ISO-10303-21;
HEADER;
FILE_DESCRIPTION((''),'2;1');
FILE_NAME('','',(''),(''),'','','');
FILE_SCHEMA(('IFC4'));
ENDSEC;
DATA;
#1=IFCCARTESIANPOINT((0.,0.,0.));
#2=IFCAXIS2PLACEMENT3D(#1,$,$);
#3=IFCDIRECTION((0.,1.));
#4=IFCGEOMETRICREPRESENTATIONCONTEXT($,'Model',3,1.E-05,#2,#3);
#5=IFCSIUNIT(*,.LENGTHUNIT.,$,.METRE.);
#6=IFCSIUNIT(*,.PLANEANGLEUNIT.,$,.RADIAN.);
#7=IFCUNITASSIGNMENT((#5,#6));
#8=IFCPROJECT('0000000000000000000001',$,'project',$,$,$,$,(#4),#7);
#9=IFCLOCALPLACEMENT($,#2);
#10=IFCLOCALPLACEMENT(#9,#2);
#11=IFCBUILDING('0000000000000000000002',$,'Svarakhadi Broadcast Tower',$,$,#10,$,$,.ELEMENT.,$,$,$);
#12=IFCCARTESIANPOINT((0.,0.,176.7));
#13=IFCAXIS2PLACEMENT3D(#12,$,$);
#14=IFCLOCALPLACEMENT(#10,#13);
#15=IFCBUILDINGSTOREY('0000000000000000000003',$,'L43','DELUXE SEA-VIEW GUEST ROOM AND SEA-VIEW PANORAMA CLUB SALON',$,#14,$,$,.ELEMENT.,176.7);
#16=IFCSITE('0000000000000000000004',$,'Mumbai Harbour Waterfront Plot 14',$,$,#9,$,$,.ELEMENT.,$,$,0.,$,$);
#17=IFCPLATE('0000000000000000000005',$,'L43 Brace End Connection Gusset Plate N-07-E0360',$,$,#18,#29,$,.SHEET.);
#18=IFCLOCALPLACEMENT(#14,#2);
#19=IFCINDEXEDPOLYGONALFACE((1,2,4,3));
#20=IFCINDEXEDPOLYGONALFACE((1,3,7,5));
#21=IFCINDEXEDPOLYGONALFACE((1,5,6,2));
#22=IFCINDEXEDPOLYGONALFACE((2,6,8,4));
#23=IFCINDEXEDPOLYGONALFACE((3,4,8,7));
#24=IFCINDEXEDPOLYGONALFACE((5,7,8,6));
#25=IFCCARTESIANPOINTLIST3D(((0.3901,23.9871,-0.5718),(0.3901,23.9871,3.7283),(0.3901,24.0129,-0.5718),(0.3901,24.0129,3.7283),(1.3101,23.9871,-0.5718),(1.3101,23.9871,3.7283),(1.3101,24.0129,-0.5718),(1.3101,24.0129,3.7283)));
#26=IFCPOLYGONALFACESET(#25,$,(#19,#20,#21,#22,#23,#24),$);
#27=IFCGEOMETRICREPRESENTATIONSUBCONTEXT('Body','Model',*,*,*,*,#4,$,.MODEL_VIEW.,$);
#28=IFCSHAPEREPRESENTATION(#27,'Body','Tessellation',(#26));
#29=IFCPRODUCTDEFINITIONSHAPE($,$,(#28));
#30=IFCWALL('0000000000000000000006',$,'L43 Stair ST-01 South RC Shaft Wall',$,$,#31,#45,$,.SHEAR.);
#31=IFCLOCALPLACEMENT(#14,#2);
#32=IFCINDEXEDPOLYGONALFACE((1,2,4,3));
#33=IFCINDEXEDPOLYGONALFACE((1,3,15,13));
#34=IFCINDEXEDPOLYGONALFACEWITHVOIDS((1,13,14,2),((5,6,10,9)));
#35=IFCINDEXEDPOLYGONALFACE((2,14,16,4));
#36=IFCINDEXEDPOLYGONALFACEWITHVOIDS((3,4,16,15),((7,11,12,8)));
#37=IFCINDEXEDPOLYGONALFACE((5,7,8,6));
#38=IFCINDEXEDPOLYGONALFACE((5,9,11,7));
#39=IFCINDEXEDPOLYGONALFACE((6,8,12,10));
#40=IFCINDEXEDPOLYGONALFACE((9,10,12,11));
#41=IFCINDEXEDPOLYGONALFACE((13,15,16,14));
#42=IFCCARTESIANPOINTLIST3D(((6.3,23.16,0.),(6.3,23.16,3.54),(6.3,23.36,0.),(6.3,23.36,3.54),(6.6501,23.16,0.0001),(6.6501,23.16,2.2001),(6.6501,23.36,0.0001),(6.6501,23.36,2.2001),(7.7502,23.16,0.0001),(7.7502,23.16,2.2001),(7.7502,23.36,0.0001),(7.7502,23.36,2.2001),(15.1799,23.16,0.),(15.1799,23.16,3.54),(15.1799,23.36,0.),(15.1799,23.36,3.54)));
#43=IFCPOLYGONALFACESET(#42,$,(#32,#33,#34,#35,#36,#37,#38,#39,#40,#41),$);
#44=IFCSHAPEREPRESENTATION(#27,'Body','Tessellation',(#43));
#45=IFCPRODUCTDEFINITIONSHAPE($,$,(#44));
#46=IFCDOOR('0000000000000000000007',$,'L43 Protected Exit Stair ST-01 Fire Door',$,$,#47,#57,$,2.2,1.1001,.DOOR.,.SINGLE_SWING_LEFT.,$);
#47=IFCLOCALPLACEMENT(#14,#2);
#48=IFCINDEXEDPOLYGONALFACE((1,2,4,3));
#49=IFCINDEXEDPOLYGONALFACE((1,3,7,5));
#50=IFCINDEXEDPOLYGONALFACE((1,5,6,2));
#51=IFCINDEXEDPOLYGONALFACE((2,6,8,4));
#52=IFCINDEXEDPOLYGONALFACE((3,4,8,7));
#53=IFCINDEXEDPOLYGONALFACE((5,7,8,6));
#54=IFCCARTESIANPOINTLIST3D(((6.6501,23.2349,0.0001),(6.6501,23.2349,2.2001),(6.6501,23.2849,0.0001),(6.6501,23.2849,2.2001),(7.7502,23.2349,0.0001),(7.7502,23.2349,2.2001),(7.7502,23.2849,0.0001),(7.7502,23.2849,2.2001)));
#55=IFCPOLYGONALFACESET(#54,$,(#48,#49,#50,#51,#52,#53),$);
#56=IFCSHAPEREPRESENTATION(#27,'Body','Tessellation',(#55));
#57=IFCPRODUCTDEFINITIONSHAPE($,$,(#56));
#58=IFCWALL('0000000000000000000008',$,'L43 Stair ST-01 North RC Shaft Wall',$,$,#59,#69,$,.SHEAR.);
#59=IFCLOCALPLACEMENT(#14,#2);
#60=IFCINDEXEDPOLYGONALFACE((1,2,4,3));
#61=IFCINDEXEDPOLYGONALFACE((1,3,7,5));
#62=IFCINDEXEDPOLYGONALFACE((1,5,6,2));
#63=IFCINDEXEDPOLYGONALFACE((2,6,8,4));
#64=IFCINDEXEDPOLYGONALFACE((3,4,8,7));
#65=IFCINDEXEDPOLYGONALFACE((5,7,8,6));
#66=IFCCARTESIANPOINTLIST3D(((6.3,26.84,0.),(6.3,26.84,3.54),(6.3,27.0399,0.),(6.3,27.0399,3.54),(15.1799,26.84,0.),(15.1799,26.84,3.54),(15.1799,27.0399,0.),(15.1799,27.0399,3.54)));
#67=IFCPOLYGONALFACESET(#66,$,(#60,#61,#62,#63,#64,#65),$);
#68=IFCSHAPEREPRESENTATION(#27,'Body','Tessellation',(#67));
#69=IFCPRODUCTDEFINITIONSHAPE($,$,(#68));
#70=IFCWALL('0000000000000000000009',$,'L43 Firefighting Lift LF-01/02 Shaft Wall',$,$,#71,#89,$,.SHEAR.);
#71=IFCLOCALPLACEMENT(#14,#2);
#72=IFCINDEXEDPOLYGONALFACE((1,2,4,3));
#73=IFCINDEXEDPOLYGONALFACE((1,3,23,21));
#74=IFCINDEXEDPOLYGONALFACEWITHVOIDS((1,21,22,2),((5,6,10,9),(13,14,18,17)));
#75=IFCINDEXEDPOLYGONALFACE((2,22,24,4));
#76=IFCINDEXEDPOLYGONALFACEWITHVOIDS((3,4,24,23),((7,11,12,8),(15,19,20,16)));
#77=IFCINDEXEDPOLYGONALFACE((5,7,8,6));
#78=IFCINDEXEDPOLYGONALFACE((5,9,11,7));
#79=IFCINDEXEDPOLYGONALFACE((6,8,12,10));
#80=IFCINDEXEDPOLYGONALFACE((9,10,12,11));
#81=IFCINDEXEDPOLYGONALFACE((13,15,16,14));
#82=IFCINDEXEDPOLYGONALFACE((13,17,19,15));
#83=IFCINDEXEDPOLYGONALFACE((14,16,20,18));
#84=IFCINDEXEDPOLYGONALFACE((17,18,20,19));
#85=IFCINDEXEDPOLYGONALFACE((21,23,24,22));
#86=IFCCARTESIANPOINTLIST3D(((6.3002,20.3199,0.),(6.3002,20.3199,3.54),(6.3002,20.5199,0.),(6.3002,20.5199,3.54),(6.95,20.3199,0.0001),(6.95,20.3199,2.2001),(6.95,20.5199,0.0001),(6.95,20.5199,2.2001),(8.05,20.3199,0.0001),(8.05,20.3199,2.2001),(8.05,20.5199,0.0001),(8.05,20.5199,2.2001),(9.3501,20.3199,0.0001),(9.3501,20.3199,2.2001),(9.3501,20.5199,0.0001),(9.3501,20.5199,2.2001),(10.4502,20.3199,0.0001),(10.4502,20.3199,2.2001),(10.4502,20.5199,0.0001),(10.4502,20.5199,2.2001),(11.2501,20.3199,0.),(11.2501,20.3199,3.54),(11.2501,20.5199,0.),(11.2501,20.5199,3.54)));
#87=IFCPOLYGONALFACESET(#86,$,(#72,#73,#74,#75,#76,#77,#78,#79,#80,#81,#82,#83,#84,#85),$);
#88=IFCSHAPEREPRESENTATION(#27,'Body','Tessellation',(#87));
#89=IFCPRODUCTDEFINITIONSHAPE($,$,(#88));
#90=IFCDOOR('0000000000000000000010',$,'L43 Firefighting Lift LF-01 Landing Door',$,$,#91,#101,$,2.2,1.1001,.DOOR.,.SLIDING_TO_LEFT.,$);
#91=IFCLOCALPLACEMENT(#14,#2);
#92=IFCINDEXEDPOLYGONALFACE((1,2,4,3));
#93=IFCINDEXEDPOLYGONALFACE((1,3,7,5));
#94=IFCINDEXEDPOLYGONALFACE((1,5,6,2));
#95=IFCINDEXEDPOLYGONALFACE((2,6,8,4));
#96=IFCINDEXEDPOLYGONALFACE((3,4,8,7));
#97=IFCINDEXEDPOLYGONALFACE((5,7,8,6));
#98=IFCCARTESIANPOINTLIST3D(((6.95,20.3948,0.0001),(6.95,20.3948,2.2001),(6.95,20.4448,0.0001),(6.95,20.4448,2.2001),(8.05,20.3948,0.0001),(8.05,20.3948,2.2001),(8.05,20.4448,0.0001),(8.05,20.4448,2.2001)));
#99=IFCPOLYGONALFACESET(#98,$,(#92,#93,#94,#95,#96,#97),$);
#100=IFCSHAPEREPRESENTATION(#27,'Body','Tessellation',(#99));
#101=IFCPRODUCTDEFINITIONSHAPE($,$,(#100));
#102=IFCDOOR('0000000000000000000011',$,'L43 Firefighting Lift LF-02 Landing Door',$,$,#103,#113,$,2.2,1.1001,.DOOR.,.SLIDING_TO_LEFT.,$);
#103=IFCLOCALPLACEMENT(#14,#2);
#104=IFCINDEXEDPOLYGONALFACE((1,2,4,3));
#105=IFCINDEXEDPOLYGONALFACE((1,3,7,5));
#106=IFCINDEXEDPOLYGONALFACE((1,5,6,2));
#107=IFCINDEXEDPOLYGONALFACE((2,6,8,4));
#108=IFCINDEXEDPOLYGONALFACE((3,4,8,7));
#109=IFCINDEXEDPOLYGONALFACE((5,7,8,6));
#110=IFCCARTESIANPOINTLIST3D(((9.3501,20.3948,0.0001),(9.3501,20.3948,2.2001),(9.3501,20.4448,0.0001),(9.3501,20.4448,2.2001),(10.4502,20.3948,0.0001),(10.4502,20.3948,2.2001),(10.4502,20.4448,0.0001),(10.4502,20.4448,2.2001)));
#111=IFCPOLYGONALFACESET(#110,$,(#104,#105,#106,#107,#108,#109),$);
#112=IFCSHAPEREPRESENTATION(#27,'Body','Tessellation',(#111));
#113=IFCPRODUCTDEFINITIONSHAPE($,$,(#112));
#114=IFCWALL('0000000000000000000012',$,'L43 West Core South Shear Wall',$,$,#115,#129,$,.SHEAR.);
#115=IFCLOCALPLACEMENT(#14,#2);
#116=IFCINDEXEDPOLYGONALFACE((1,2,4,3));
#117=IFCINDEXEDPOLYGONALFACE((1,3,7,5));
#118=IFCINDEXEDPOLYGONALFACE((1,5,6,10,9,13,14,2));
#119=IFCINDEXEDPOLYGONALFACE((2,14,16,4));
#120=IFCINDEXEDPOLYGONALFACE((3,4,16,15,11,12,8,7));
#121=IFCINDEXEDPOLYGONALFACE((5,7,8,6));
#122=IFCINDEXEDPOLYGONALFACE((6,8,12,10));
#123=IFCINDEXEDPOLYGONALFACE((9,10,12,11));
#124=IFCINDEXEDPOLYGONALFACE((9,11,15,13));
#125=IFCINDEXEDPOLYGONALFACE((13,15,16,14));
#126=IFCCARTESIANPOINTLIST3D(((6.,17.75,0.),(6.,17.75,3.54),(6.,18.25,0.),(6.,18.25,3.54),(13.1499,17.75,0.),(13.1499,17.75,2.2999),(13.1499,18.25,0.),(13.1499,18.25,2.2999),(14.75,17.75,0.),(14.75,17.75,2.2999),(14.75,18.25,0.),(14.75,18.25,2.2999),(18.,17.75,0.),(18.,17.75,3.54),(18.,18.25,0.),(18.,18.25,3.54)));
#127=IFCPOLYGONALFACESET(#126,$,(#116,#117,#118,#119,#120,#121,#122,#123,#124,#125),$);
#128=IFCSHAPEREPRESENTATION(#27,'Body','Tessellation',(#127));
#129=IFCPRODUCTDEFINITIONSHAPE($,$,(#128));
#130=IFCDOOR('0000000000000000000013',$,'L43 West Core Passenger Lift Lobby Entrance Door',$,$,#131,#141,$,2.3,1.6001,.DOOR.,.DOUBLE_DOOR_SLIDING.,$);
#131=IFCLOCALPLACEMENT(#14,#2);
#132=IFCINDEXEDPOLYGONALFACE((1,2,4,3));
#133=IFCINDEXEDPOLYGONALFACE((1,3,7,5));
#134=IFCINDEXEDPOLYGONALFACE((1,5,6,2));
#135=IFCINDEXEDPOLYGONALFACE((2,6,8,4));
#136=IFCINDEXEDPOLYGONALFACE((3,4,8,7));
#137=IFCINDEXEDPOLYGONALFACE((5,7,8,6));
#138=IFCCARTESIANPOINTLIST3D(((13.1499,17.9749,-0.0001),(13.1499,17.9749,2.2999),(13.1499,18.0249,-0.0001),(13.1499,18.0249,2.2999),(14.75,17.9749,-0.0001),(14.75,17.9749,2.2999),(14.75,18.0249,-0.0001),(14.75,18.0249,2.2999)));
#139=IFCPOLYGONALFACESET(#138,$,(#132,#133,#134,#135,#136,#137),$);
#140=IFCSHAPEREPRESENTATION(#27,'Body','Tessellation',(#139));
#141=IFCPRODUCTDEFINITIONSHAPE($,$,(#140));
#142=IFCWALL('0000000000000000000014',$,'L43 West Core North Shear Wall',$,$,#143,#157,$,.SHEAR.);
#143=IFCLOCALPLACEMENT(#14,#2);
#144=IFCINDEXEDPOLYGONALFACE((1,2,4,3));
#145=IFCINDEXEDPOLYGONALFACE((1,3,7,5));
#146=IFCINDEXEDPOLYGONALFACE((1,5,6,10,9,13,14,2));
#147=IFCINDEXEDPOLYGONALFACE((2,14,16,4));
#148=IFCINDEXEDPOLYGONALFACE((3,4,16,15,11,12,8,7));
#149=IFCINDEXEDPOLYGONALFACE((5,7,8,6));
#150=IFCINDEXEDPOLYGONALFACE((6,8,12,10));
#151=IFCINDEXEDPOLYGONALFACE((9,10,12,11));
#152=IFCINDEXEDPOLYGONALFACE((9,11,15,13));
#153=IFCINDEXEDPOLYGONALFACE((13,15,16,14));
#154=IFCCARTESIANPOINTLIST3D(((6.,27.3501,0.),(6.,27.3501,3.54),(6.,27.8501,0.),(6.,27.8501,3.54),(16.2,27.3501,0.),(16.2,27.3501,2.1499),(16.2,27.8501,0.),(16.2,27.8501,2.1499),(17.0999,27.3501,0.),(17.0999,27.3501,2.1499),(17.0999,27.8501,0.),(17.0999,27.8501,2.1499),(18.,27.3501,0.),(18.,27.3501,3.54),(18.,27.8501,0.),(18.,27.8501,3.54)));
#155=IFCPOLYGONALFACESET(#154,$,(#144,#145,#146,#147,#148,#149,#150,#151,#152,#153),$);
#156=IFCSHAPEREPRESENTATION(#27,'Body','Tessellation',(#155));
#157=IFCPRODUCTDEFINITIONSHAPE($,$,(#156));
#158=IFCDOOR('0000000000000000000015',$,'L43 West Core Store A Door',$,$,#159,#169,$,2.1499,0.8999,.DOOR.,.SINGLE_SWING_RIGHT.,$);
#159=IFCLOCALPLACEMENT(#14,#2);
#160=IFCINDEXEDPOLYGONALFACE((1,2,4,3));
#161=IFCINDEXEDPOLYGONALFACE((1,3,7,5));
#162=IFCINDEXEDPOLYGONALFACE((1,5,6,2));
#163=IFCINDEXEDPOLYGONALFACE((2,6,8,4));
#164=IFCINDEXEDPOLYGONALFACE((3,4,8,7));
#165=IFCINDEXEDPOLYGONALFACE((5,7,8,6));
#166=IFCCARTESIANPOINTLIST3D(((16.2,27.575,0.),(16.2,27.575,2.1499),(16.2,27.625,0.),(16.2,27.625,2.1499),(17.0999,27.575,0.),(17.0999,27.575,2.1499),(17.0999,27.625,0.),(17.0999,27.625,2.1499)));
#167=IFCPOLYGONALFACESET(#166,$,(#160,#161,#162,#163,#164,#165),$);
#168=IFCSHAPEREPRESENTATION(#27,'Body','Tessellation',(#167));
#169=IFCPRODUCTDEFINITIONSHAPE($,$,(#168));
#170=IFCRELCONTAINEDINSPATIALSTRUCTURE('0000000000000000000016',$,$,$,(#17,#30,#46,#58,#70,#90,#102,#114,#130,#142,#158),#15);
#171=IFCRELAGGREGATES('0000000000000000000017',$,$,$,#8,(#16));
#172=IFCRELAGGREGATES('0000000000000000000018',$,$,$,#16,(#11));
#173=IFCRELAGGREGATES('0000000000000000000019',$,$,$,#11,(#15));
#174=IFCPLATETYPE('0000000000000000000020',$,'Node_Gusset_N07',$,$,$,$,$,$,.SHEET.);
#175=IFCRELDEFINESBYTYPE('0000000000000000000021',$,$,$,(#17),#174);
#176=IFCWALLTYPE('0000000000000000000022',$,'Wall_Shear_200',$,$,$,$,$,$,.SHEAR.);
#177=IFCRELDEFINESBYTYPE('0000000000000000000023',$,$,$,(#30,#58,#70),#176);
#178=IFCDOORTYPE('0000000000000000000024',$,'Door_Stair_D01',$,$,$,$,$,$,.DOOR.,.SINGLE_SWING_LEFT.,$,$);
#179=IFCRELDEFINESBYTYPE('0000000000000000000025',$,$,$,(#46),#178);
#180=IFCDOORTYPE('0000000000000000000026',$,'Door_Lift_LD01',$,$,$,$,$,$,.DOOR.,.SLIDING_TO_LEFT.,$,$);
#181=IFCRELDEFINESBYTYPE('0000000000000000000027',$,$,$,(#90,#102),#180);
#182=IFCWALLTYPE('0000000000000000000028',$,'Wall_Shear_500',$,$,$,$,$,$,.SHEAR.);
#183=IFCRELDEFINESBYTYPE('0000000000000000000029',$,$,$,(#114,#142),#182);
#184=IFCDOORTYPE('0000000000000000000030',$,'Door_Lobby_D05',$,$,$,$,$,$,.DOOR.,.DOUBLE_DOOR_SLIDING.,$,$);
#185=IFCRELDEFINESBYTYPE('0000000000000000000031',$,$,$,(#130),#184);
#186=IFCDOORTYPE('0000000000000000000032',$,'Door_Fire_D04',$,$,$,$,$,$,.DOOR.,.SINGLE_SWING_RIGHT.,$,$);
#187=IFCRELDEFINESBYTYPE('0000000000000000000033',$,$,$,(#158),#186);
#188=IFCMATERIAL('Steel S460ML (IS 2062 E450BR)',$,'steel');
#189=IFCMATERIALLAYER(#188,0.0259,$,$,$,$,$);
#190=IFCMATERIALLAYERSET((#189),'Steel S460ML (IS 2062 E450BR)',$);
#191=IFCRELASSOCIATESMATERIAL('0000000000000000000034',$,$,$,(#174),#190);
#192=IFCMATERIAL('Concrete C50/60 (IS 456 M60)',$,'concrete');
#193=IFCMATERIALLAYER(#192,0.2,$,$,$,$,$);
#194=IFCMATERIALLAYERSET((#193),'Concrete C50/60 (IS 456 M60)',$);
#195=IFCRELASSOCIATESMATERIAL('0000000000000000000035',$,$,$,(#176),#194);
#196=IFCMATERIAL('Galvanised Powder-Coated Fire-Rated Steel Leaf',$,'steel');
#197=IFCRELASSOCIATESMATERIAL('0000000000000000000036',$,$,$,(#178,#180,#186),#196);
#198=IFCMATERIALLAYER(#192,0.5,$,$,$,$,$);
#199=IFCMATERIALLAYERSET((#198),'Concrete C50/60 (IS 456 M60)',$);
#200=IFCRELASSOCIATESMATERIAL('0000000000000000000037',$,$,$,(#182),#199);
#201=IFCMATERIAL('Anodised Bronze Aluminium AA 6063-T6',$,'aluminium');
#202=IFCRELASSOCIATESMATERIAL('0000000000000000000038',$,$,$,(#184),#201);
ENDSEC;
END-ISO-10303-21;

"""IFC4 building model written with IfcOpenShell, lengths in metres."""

from ifc_helpers import new_model, si_unit, direction, frame, frame_2d, origin, origin_2d, place, context, subcontext, project, spatial, rectangle, extrude, material, layer, layer_set, type_object, element, fill, save


model = new_model("IFC4")

# Units and contexts
model_context = context("Model", 3, precision=1e-05, world=origin(), true_north=direction((0.0, 1.0)))
body_context = subcontext(model_context, "Body", "Model", "MODEL_VIEW")
ifc_project = project(units=[si_unit("LENGTHUNIT", "METRE"), si_unit("PLANEANGLEUNIT", "RADIAN")], contexts=[model_context])

# Site, building, storey
site_placement = place(None, origin())
site = spatial("IfcSite", under=ifc_project, at=site_placement, Name="Mumbai Harbour Waterfront Plot 14", CompositionType="ELEMENT", RefElevation=0.0)
building_placement = place(site_placement, origin())
building = spatial("IfcBuilding", under=site, at=building_placement, Name="Svarakhadi Broadcast Tower", CompositionType="ELEMENT")
storey_placement = place(building_placement, frame((0.0, 0.0, 176.7)))
storey = spatial("IfcBuildingStorey", under=building, at=storey_placement, Name="L43", Description="DELUXE SEA-VIEW GUEST ROOM AND SEA-VIEW PANORAMA CLUB SALON", CompositionType="ELEMENT", Elevation=176.7)

# Shared definitions
ifc_material_1 = material(Name="Concrete C50/60 (IS 456 M60)", Category="concrete")

# Shared definitions
ifc_material_2 = material(Name="Anodised Bronze Aluminium AA 6063-T6", Category="aluminium")

# Shared definitions
ifc_material_3 = material(Name="Steel S460ML (IS 2062 E450BR)", Category="steel")

# Plate
ifc_layer_1 = layer(ifc_material_3, 0.0259)
ifc_layer_set_1 = layer_set([ifc_layer_1], Name="Steel S460ML (IS 2062 E450BR)")
plate_type_1 = type_object("IfcPlateType", Name="Node_Gusset_N07", PredefinedType="SHEET", material=ifc_layer_set_1)
plate_1_placement = place(storey_placement, frame((0.8501, 24.0, -0.5718), z_axis=(0.0, 0.0, 1.0), x_axis=(1.0, 0.0, 0.0)))
element("IfcPlate", 1, at=plate_1_placement, inside=storey, type_object=plate_type_1, Name="L43 Brace End Connection Gusset Plate N-07-E0360", PredefinedType="SHEET", context=body_context, shape_type="SweptSolid", body=[
    extrude(rectangle(XDim=0.9199, YDim=0.0259, at=origin_2d()), origin(), (0.0, 0.0, 1.0), 4.3),
])

# Wall, opening, door
ifc_layer_2 = layer(ifc_material_1, 0.2)
ifc_layer_set_2 = layer_set([ifc_layer_2], Name="Concrete C50/60 (IS 456 M60)")
wall_type_1 = type_object("IfcWallType", Name="Wall_Shear_200", PredefinedType="SHEAR", material=ifc_layer_set_2)
wall_1_placement = place(storey_placement, frame((6.3, 23.26, 0.0), z_axis=(0.0, 0.0, 1.0), x_axis=(1.0, 0.0, 0.0)))
wall_1 = element("IfcWall", 2, at=wall_1_placement, inside=storey, type_object=wall_type_1, Name="L43 Stair ST-01 South RC Shaft Wall", PredefinedType="SHEAR", context=body_context, shape_type="SweptSolid", body=[
    extrude(rectangle(XDim=8.8799, YDim=0.2, at=frame_2d((4.4399, 0.0))), origin(), (0.0, 0.0, 1.0), 3.54),
])
opening_1_placement = place(wall_1_placement, frame((0.3501, 0.0, 0.0)))
opening_1 = element("IfcOpeningElement", 3, at=opening_1_placement, cuts=wall_1, PredefinedType="OPENING", context=body_context, shape_type="SweptSolid", body=[
    extrude(rectangle(XDim=1.1001, YDim=2.2, at=frame_2d((0.55, 1.1001))), frame((0.0, 0.1099, 0.0), z_axis=(0.0, -1.0, 0.0), x_axis=(1.0, 0.0, 0.0)), (0.0, 0.0, 1.0), 0.22),
])
ifc_material_4 = material(Name="Galvanised Powder-Coated Fire-Rated Steel Leaf", Category="steel")
door_type_1 = type_object("IfcDoorType", Name="Door_Stair_D01", OperationType="SINGLE_SWING_LEFT", PredefinedType="DOOR", material=ifc_material_4)
door_1_placement = place(opening_1_placement, origin())
door_1 = element("IfcDoor", 4, at=door_1_placement, inside=storey, type_object=door_type_1, Name="L43 Protected Exit Stair ST-01 Fire Door", OperationType="SINGLE_SWING_LEFT", OverallHeight=2.2, OverallWidth=1.1001, PredefinedType="DOOR", context=body_context, shape_type="SweptSolid", body=[
    extrude(rectangle(XDim=1.1001, YDim=2.2, at=frame_2d((0.55, 1.1001))), frame((0.0, 0.0249, 0.0), z_axis=(0.0, -1.0, 0.0), x_axis=(1.0, 0.0, 0.0)), (0.0, 0.0, 1.0), 0.05),
])
fill(opening_1, door_1)

# Wall
wall_2_placement = place(storey_placement, frame((6.3, 26.9399, 0.0), z_axis=(0.0, 0.0, 1.0), x_axis=(1.0, 0.0, 0.0)))
element("IfcWall", 5, at=wall_2_placement, inside=storey, type_object=wall_type_1, Name="L43 Stair ST-01 North RC Shaft Wall", PredefinedType="SHEAR", context=body_context, shape_type="SweptSolid", body=[
    extrude(rectangle(XDim=8.8799, YDim=0.2, at=frame_2d((4.4399, 0.0))), origin(), (0.0, 0.0, 1.0), 3.54),
])

# Wall, openings, doors
wall_3_placement = place(storey_placement, frame((6.3, 20.4199, 0.0), z_axis=(0.0, 0.0, 1.0), x_axis=(1.0, 0.0, 0.0)))
wall_3 = element("IfcWall", 6, at=wall_3_placement, inside=storey, type_object=wall_type_1, Name="L43 Firefighting Lift LF-01/02 Shaft Wall", PredefinedType="SHEAR", context=body_context, shape_type="SweptSolid", body=[
    extrude(rectangle(XDim=4.95, YDim=0.2, at=frame_2d((2.4751, 0.0))), origin(), (0.0, 0.0, 1.0), 3.54),
])
opening_2_placement = place(wall_3_placement, frame((0.6499, 0.0, 0.0)))
opening_2 = element("IfcOpeningElement", 7, at=opening_2_placement, cuts=wall_3, PredefinedType="OPENING", context=body_context, shape_type="SweptSolid", body=[
    extrude(rectangle(XDim=1.1001, YDim=2.2, at=frame_2d((0.55, 1.1001))), frame((0.0, 0.1099, 0.0), z_axis=(0.0, -1.0, 0.0), x_axis=(1.0, 0.0, 0.0)), (0.0, 0.0, 1.0), 0.22),
])
opening_3_placement = place(wall_3_placement, frame((3.05, 0.0, 0.0)))
opening_3 = element("IfcOpeningElement", 8, at=opening_3_placement, cuts=wall_3, PredefinedType="OPENING", context=body_context, shape_type="SweptSolid", body=[
    extrude(rectangle(XDim=1.1001, YDim=2.2, at=frame_2d((0.55, 1.1001))), frame((0.0, 0.1099, 0.0), z_axis=(0.0, -1.0, 0.0), x_axis=(1.0, 0.0, 0.0)), (0.0, 0.0, 1.0), 0.22),
])
door_type_2 = type_object("IfcDoorType", Name="Door_Lift_LD01", OperationType="SLIDING_TO_LEFT", PredefinedType="DOOR", material=ifc_material_4)
door_2_placement = place(opening_2_placement, origin())
door_2 = element("IfcDoor", 9, at=door_2_placement, inside=storey, type_object=door_type_2, Name="L43 Firefighting Lift LF-01 Landing Door", OperationType="SLIDING_TO_LEFT", OverallHeight=2.2, OverallWidth=1.1001, PredefinedType="DOOR", context=body_context, shape_type="SweptSolid", body=[
    extrude(rectangle(XDim=1.1001, YDim=2.2, at=frame_2d((0.55, 1.1001))), frame((0.0, 0.0249, 0.0), z_axis=(0.0, -1.0, 0.0), x_axis=(1.0, 0.0, 0.0)), (0.0, 0.0, 1.0), 0.05),
])
fill(opening_2, door_2)
door_3_placement = place(opening_3_placement, origin())
door_3 = element("IfcDoor", 10, at=door_3_placement, inside=storey, type_object=door_type_2, Name="L43 Firefighting Lift LF-02 Landing Door", OperationType="SLIDING_TO_LEFT", OverallHeight=2.2, OverallWidth=1.1001, PredefinedType="DOOR", context=body_context, shape_type="SweptSolid", body=[
    extrude(rectangle(XDim=1.1001, YDim=2.2, at=frame_2d((0.55, 1.1001))), frame((0.0, 0.0249, 0.0), z_axis=(0.0, -1.0, 0.0), x_axis=(1.0, 0.0, 0.0)), (0.0, 0.0, 1.0), 0.05),
])
fill(opening_3, door_3)

# Walls, openings, doors
ifc_layer_3 = layer(ifc_material_1, 0.5)
ifc_layer_set_3 = layer_set([ifc_layer_3], Name="Concrete C50/60 (IS 456 M60)")
wall_type_2 = type_object("IfcWallType", Name="Wall_Shear_500", PredefinedType="SHEAR", material=ifc_layer_set_3)
wall_4_placement = place(storey_placement, frame((6.0, 18.0, 0.0), z_axis=(0.0, 0.0, 1.0), x_axis=(1.0, 0.0, 0.0)))
wall_4 = element("IfcWall", 11, at=wall_4_placement, inside=storey, type_object=wall_type_2, Name="L43 West Core South Shear Wall", PredefinedType="SHEAR", context=body_context, shape_type="SweptSolid", body=[
    extrude(rectangle(XDim=12.0, YDim=0.5, at=frame_2d((6.0, 0.0))), origin(), (0.0, 0.0, 1.0), 3.54),
])
opening_4_placement = place(wall_4_placement, frame((7.1499, 0.0, 0.0)))
opening_4 = element("IfcOpeningElement", 12, at=opening_4_placement, cuts=wall_4, PredefinedType="OPENING", context=body_context, shape_type="SweptSolid", body=[
    extrude(rectangle(XDim=1.6001, YDim=2.3, at=frame_2d((0.8, 1.1499))), frame((0.0, 0.26, 0.0), z_axis=(0.0, -1.0, 0.0), x_axis=(1.0, 0.0, 0.0)), (0.0, 0.0, 1.0), 0.52),
])
door_type_3 = type_object("IfcDoorType", Name="Door_Lobby_D05", OperationType="DOUBLE_DOOR_SLIDING", PredefinedType="DOOR", material=ifc_material_2)
door_4_placement = place(opening_4_placement, origin())
door_4 = element("IfcDoor", 13, at=door_4_placement, inside=storey, type_object=door_type_3, Name="L43 West Core Passenger Lift Lobby Entrance Door", OperationType="DOUBLE_DOOR_SLIDING", OverallHeight=2.3, OverallWidth=1.6001, PredefinedType="DOOR", context=body_context, shape_type="SweptSolid", body=[
    extrude(rectangle(XDim=1.6001, YDim=2.3, at=frame_2d((0.8, 1.1499))), frame((0.0, 0.0249, 0.0), z_axis=(0.0, -1.0, 0.0), x_axis=(1.0, 0.0, 0.0)), (0.0, 0.0, 1.0), 0.05),
])
fill(opening_4, door_4)
wall_5_placement = place(storey_placement, frame((6.0, 27.6001, 0.0), z_axis=(0.0, 0.0, 1.0), x_axis=(1.0, 0.0, 0.0)))
wall_5 = element("IfcWall", 14, at=wall_5_placement, inside=storey, type_object=wall_type_2, Name="L43 West Core North Shear Wall", PredefinedType="SHEAR", context=body_context, shape_type="SweptSolid", body=[
    extrude(rectangle(XDim=12.0, YDim=0.5, at=frame_2d((6.0, 0.0))), origin(), (0.0, 0.0, 1.0), 3.54),
])
opening_5_placement = place(wall_5_placement, frame((10.2, 0.0, 0.0)))
opening_5 = element("IfcOpeningElement", 15, at=opening_5_placement, cuts=wall_5, PredefinedType="OPENING", context=body_context, shape_type="SweptSolid", body=[
    extrude(rectangle(XDim=0.8999, YDim=2.1499, at=frame_2d((0.45, 1.075))), frame((0.0, 0.26, 0.0), z_axis=(0.0, -1.0, 0.0), x_axis=(1.0, 0.0, 0.0)), (0.0, 0.0, 1.0), 0.52),
])
door_type_4 = type_object("IfcDoorType", Name="Door_Fire_D04", OperationType="SINGLE_SWING_RIGHT", PredefinedType="DOOR", material=ifc_material_4)
door_5_placement = place(opening_5_placement, origin())
door_5 = element("IfcDoor", 16, at=door_5_placement, inside=storey, type_object=door_type_4, Name="L43 West Core Store A Door", OperationType="SINGLE_SWING_RIGHT", OverallHeight=2.1499, OverallWidth=0.8999, PredefinedType="DOOR", context=body_context, shape_type="SweptSolid", body=[
    extrude(rectangle(XDim=0.8999, YDim=2.1499, at=frame_2d((0.45, 1.075))), frame((0.0, 0.0249, 0.0), z_axis=(0.0, -1.0, 0.0), x_axis=(1.0, 0.0, 0.0)), (0.0, 0.0, 1.0), 0.05),
])
fill(opening_5, door_5)

save(model, "model.ifc")
